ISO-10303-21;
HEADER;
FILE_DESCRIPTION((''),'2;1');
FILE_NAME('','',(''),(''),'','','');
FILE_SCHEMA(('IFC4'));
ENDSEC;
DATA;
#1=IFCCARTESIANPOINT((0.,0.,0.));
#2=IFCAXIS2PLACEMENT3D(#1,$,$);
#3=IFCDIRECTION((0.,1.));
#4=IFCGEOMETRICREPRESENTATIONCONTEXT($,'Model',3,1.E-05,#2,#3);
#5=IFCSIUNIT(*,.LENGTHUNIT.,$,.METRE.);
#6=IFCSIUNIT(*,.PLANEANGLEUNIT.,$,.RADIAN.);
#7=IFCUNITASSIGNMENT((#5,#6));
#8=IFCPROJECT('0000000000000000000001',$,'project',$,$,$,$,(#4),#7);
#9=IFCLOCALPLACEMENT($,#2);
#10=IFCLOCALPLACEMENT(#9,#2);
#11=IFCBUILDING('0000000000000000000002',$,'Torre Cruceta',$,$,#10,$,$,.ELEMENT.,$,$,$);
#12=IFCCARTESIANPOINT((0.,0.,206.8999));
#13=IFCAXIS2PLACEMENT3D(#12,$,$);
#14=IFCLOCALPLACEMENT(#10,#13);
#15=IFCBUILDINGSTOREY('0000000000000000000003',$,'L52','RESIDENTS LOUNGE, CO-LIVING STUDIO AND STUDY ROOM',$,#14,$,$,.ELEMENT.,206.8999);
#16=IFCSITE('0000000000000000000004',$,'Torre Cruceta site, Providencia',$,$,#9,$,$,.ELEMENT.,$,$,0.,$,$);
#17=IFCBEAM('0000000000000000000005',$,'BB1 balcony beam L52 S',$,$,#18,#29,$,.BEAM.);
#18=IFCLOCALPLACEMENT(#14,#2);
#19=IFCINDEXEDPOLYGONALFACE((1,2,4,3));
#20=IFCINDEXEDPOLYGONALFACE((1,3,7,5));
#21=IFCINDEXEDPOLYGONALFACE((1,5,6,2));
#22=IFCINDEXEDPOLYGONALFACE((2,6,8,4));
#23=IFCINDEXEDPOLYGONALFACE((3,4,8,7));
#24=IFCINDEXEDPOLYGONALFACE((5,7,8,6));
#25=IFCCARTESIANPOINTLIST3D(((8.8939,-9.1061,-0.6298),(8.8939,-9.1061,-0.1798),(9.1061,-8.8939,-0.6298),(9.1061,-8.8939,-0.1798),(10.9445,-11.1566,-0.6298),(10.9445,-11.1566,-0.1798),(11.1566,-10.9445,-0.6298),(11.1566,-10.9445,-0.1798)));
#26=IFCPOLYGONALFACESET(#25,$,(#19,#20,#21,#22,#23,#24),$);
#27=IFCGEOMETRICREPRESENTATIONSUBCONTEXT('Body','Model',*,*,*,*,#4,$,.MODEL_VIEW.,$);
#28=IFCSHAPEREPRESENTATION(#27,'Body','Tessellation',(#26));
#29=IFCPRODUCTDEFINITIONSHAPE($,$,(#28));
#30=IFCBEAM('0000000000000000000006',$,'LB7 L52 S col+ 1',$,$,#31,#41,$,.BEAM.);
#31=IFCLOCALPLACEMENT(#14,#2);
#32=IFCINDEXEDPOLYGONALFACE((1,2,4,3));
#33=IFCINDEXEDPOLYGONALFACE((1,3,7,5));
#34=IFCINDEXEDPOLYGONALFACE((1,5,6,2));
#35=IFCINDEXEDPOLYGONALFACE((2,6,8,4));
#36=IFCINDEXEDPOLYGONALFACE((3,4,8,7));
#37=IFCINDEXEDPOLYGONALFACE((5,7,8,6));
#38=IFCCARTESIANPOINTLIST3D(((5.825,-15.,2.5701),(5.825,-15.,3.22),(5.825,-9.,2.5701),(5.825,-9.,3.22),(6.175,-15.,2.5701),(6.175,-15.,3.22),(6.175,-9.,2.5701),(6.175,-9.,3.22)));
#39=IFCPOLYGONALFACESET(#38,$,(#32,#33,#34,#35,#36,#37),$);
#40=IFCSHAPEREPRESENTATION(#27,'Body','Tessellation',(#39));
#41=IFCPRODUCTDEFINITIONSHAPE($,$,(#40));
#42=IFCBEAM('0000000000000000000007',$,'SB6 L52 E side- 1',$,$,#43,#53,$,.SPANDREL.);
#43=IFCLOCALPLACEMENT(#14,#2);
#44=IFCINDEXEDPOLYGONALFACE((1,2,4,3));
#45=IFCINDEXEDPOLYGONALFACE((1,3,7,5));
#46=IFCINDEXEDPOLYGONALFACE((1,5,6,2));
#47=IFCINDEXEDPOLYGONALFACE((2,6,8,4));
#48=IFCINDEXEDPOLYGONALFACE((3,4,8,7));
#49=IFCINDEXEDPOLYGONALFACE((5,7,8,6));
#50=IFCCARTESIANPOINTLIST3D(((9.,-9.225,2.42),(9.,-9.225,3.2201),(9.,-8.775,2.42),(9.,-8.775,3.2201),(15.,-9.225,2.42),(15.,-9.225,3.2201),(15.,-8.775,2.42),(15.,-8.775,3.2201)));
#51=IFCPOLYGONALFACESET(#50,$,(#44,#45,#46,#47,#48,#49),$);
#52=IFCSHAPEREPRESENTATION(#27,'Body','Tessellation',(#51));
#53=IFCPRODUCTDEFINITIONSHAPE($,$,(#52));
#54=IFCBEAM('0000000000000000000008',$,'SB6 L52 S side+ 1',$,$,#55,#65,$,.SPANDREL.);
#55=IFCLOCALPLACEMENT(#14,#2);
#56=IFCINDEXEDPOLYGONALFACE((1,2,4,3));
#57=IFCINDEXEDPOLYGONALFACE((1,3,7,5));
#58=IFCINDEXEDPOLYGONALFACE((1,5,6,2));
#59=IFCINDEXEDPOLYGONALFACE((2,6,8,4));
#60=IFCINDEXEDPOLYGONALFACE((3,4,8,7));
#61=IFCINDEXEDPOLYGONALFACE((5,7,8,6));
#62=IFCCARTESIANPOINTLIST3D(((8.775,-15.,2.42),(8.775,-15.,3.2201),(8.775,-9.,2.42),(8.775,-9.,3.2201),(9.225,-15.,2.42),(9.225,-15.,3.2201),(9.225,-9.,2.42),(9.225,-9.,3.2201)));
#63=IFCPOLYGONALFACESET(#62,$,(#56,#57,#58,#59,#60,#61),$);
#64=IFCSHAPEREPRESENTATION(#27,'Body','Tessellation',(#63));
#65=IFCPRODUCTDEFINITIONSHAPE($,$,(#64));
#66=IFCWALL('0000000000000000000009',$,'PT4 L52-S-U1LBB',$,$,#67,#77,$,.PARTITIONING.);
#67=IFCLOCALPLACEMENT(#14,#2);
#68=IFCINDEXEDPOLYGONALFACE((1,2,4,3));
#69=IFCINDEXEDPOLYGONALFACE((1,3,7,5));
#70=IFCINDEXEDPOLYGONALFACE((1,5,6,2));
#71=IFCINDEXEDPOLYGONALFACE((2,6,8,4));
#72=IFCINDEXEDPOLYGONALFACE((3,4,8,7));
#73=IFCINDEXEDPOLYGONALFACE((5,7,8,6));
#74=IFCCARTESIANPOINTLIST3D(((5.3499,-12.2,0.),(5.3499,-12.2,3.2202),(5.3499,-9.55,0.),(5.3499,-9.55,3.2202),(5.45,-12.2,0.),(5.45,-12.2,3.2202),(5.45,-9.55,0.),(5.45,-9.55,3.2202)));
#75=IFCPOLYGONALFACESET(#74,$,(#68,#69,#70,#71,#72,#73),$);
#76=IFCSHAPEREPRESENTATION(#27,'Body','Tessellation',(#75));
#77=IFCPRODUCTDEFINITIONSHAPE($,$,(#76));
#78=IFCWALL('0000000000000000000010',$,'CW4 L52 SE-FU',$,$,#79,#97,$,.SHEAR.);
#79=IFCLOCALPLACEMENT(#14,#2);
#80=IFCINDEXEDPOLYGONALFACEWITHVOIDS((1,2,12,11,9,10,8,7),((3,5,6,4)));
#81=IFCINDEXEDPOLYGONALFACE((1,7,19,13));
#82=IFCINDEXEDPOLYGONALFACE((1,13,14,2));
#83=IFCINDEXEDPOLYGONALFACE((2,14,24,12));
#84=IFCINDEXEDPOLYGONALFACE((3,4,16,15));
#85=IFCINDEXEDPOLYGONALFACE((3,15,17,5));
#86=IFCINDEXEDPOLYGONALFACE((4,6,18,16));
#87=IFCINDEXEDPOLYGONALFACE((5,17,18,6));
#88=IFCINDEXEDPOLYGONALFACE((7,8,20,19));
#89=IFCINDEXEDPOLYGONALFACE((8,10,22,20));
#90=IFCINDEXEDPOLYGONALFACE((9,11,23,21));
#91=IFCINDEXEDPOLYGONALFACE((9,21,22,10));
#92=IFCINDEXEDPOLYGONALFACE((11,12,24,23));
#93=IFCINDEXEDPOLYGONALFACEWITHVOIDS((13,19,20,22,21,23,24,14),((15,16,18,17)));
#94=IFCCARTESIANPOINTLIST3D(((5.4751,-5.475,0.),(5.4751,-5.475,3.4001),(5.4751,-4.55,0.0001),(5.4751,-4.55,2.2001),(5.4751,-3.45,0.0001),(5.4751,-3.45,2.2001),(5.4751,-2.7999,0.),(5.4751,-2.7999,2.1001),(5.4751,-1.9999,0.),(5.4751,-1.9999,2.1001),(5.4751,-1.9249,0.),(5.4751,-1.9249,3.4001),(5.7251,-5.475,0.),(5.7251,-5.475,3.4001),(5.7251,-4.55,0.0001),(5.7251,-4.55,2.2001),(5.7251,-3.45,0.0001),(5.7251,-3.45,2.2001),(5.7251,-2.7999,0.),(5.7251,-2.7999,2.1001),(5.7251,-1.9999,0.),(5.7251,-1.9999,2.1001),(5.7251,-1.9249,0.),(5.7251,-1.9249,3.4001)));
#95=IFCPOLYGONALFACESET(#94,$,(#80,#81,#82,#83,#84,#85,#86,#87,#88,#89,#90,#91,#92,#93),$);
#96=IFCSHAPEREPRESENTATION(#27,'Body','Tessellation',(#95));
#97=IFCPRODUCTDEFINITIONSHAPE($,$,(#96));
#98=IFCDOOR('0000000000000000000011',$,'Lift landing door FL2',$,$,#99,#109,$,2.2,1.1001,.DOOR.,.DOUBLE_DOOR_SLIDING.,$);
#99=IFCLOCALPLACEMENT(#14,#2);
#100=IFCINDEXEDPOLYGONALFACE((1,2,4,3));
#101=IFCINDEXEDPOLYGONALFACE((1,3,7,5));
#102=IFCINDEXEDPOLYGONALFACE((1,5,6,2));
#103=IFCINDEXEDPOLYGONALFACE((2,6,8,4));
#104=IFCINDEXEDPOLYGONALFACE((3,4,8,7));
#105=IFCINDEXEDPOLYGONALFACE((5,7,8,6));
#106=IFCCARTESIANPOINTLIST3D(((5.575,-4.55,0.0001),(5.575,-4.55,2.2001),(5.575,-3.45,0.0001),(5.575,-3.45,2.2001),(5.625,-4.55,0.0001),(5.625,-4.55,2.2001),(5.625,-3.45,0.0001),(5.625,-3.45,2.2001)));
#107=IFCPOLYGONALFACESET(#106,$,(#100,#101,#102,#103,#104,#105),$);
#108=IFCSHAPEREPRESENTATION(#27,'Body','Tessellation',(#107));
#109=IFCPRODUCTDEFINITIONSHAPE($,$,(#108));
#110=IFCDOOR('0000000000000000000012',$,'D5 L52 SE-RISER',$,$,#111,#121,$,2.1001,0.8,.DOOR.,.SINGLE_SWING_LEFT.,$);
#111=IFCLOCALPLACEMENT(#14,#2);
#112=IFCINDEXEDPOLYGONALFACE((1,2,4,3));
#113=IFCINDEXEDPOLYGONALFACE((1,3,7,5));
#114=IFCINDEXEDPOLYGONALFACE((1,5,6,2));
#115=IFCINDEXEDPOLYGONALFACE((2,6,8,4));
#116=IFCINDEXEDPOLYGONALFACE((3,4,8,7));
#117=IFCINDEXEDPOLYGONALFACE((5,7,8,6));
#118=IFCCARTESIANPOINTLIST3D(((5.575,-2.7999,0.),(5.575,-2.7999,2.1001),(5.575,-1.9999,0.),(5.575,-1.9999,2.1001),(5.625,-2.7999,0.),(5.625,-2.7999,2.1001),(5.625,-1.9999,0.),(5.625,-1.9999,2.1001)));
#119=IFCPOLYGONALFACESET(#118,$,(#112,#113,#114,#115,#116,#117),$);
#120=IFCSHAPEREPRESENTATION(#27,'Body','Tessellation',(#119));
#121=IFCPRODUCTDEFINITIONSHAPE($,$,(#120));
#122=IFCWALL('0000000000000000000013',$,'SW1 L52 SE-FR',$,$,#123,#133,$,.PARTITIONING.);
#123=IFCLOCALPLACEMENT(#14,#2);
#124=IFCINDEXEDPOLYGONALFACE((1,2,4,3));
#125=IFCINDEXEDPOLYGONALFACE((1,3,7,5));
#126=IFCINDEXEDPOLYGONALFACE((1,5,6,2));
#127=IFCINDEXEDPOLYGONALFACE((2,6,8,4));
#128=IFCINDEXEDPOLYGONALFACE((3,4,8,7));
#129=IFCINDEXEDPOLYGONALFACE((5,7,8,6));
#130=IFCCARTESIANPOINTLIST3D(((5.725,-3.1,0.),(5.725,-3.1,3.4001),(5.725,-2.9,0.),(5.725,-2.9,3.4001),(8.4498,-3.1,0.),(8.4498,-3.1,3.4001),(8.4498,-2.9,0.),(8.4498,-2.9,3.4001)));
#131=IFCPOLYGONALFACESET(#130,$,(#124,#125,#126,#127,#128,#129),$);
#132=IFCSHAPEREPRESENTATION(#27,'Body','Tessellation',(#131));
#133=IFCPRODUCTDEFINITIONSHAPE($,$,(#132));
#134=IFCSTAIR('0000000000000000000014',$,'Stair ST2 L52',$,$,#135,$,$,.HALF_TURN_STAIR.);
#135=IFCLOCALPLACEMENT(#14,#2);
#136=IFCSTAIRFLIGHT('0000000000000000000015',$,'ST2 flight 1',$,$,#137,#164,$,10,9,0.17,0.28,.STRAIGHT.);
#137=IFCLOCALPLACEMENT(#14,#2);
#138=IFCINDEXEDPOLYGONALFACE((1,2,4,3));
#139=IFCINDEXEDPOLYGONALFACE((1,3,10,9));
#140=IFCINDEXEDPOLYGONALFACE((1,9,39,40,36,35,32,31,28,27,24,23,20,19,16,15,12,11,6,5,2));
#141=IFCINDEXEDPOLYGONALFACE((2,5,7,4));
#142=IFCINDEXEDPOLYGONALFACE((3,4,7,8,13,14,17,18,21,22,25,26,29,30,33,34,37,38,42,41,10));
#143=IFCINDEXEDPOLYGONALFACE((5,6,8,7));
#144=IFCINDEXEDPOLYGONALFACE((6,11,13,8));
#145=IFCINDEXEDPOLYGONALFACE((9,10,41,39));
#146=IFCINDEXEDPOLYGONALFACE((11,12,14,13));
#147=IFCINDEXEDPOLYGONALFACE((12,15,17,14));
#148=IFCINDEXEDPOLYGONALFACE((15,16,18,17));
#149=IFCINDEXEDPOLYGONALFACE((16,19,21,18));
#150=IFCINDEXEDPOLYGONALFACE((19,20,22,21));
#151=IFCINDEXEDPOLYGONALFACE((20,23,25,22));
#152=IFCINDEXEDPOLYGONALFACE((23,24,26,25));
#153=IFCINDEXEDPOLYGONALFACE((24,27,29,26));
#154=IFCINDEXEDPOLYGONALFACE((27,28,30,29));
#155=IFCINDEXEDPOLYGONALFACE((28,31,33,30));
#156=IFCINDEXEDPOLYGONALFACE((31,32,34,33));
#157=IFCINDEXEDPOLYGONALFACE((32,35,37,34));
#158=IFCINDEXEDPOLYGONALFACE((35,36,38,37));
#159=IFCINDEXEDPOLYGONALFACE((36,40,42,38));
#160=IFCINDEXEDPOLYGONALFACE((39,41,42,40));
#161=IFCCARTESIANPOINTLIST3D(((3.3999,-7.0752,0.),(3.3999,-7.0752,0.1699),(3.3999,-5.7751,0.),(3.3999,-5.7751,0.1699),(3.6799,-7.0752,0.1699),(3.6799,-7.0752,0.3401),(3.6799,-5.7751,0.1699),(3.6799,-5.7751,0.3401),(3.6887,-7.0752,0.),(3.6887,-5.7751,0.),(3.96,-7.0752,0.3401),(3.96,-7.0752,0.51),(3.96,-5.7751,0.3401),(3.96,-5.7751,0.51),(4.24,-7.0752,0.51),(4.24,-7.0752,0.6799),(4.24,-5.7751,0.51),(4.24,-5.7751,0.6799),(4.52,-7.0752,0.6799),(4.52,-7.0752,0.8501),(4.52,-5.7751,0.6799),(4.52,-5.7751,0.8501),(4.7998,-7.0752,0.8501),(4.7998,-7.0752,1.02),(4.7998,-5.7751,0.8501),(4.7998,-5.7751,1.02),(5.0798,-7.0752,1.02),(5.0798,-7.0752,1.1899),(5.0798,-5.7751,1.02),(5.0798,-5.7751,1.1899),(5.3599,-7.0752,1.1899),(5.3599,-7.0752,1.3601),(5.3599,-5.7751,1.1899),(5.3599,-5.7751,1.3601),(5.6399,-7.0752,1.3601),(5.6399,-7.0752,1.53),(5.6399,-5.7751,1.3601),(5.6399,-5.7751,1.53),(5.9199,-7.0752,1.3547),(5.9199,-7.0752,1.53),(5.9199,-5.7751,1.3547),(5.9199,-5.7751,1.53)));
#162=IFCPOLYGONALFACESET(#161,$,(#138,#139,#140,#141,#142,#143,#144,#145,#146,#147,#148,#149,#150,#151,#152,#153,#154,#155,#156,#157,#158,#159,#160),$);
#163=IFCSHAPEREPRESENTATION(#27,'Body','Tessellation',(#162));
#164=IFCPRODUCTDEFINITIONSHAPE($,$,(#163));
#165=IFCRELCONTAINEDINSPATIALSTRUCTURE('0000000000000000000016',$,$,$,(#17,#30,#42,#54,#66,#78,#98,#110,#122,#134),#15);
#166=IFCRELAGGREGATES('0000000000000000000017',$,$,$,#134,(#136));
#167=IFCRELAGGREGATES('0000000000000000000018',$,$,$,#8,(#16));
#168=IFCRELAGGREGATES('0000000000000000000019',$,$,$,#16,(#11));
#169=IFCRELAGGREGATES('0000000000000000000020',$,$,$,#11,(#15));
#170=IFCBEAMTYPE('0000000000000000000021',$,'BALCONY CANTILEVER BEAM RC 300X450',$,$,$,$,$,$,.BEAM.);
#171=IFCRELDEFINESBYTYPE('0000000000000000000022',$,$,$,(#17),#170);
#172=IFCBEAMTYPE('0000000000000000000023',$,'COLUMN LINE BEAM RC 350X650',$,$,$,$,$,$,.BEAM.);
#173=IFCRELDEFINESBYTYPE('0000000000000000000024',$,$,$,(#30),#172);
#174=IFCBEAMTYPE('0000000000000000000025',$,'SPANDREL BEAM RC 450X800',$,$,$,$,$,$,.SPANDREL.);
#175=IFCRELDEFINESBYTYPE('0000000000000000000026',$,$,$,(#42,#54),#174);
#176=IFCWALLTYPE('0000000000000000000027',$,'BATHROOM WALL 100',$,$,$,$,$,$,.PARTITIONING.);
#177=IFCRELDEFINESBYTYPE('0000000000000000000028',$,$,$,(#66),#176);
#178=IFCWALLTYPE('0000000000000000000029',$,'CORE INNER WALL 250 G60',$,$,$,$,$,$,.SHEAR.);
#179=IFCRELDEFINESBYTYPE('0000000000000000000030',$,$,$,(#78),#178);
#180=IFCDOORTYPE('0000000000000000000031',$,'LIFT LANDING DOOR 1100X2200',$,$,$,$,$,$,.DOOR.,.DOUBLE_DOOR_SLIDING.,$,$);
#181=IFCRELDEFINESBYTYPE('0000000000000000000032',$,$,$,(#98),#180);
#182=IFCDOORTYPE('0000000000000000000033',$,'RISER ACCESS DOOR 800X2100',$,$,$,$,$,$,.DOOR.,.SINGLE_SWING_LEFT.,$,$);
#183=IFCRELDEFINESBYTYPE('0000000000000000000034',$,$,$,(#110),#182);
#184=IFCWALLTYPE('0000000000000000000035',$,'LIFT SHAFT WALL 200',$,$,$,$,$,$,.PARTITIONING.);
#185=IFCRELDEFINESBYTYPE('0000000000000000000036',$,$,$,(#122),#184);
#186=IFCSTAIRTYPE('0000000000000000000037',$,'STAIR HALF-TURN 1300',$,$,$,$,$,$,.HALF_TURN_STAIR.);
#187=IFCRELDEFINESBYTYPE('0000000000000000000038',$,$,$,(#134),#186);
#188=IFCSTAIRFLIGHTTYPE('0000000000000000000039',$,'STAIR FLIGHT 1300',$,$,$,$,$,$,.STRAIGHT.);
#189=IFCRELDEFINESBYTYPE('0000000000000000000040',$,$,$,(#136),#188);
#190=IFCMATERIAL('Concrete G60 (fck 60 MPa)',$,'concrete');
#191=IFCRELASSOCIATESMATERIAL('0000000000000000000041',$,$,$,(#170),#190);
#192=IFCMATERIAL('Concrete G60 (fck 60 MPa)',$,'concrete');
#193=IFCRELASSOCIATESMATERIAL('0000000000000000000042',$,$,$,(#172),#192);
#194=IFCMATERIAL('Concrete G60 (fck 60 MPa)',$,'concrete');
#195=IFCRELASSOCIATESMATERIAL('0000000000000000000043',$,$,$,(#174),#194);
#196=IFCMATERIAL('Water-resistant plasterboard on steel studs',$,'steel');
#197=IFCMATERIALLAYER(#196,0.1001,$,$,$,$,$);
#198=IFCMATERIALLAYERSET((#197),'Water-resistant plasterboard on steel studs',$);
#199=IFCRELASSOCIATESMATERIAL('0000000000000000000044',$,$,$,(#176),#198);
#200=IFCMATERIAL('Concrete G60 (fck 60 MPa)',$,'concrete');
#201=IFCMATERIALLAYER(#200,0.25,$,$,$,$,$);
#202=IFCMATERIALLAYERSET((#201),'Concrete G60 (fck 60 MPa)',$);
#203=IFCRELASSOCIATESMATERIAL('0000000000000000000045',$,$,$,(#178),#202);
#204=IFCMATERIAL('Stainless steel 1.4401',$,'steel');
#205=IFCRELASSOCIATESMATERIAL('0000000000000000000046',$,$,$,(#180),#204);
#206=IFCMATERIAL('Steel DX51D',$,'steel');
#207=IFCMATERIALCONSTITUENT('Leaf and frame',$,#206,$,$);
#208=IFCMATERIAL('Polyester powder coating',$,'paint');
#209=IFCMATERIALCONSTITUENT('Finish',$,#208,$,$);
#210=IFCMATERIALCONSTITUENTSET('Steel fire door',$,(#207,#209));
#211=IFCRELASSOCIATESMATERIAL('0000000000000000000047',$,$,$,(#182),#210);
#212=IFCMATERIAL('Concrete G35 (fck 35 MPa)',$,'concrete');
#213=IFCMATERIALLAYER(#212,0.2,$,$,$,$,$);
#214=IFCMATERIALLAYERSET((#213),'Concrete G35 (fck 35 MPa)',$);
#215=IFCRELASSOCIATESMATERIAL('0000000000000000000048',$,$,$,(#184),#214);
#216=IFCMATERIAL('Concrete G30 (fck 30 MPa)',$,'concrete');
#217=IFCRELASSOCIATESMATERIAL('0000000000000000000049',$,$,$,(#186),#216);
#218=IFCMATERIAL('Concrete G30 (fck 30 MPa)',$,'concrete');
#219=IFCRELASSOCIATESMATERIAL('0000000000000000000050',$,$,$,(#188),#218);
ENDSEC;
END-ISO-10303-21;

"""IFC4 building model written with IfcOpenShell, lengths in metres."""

from ifc_helpers import new_model, si_unit, direction, frame, frame_2d, origin, origin_2d, place, context, subcontext, project, spatial, polyline, rectangle, outline, extrude, material, layer, layer_set, constituent, constituent_set, material_profile, profile_set, type_object, element, fill, aggregate, save


model = new_model("IFC4")

# Units and contexts
model_context = context("Model", 3, precision=1e-05, world=origin(), true_north=direction((0.0, 1.0)))
body_context = subcontext(model_context, "Body", "Model", "MODEL_VIEW")
ifc_project = project(units=[si_unit("LENGTHUNIT", "METRE"), si_unit("PLANEANGLEUNIT", "RADIAN")], contexts=[model_context])

# Site, building, storey
site_placement = place(None, origin())
site = spatial("IfcSite", under=ifc_project, at=site_placement, Name="Torre Cruceta site, Providencia", CompositionType="ELEMENT", RefElevation=0.0)
building_placement = place(site_placement, origin())
building = spatial("IfcBuilding", under=site, at=building_placement, Name="Torre Cruceta", CompositionType="ELEMENT")
storey_placement = place(building_placement, frame((0.0, 0.0, 206.8999)))
storey = spatial("IfcBuildingStorey", under=building, at=storey_placement, Name="L52", Description="RESIDENTS LOUNGE, CO-LIVING STUDIO AND STUDY ROOM", CompositionType="ELEMENT", Elevation=206.8999)

# Beams
ifc_material_1 = material(Name="Concrete G60 (fck 60 MPa)", Category="concrete")
ifc_material_profile_1 = material_profile(ifc_material_1, rectangle(XDim=0.3, YDim=0.45, at=origin_2d()), Name="RC 300X450")
ifc_profile_set_1 = profile_set([ifc_material_profile_1], Name="Concrete G60 (fck 60 MPa)")
beam_type_1 = type_object("IfcBeamType", Name="BALCONY CANTILEVER BEAM RC 300X450", PredefinedType="BEAM", material=ifc_profile_set_1)
beam_1_placement = place(storey_placement, frame((9.0, -9.0, -0.4048), z_axis=(0.707107, -0.707107, 0.0), x_axis=(0.707107, 0.707107, 0.0)))
element("IfcBeam", 1, at=beam_1_placement, inside=storey, type_object=beam_type_1, Name="BB1 balcony beam L52 S", PredefinedType="BEAM", context=body_context, shape_type="SweptSolid", body=[
    extrude(rectangle(XDim=0.3, YDim=0.45, at=origin_2d()), origin(), (0.0, 0.0, 1.0), 2.8999),
])
ifc_material_2 = material(Name="Concrete G60 (fck 60 MPa)", Category="concrete")
ifc_material_profile_2 = material_profile(ifc_material_2, rectangle(XDim=0.3501, YDim=0.6499, at=origin_2d()), Name="RC 350X650")
ifc_profile_set_2 = profile_set([ifc_material_profile_2], Name="Concrete G60 (fck 60 MPa)")
beam_type_2 = type_object("IfcBeamType", Name="COLUMN LINE BEAM RC 350X650", PredefinedType="BEAM", material=ifc_profile_set_2)
beam_2_placement = place(storey_placement, frame((6.0, -9.0, 2.895), z_axis=(0.0, -1.0, 0.0), x_axis=(1.0, 0.0, 0.0)))
element("IfcBeam", 2, at=beam_2_placement, inside=storey, type_object=beam_type_2, Name="LB7 L52 S col+ 1", PredefinedType="BEAM", context=body_context, shape_type="SweptSolid", body=[
    extrude(rectangle(XDim=0.3501, YDim=0.6499, at=origin_2d()), origin(), (0.0, 0.0, 1.0), 6.0),
])
ifc_material_3 = material(Name="Concrete G60 (fck 60 MPa)", Category="concrete")
ifc_material_profile_3 = material_profile(ifc_material_3, rectangle(XDim=0.45, YDim=0.8, at=origin_2d()), Name="RC 450X800")
ifc_profile_set_3 = profile_set([ifc_material_profile_3], Name="Concrete G60 (fck 60 MPa)")
beam_type_3 = type_object("IfcBeamType", Name="SPANDREL BEAM RC 450X800", PredefinedType="SPANDREL", material=ifc_profile_set_3)
for number, where, z_axis, x_axis, name in (
    (3, (9.0, -9.0, 2.8201), (1.0, 0.0, 0.0), (0.0, 1.0, 0.0), "SB6 L52 E side- 1"),
    (4, (9.0, -9.0, 2.8201), (0.0, -1.0, 0.0), (1.0, 0.0, 0.0), "SB6 L52 S side+ 1"),
):
    element("IfcBeam", number, at=place(storey_placement, frame(where, z_axis=z_axis, x_axis=x_axis)), inside=storey, type_object=beam_type_3, Name=name, PredefinedType="SPANDREL", context=body_context, shape_type="SweptSolid", body=[
        extrude(rectangle(XDim=0.45, YDim=0.8, at=origin_2d()), origin(), (0.0, 0.0, 1.0), 6.0),
    ])

# Wall
ifc_material_4 = material(Name="Water-resistant plasterboard on steel studs", Category="steel")
ifc_layer_1 = layer(ifc_material_4, 0.1001)
ifc_layer_set_1 = layer_set([ifc_layer_1], Name="Water-resistant plasterboard on steel studs")
wall_type_1 = type_object("IfcWallType", Name="BATHROOM WALL 100", PredefinedType="PARTITIONING", material=ifc_layer_set_1)
wall_1_placement = place(storey_placement, frame((5.3999, -9.55, 0.0), z_axis=(0.0, 0.0, 1.0), x_axis=(0.0, -1.0, 0.0)))
element("IfcWall", 5, at=wall_1_placement, inside=storey, type_object=wall_type_1, Name="PT4 L52-S-U1LBB", PredefinedType="PARTITIONING", context=body_context, shape_type="SweptSolid", body=[
    extrude(rectangle(XDim=2.6499, YDim=0.1001, at=frame_2d((1.325, 0.0))), origin(), (0.0, 0.0, 1.0), 3.2202),
])

# Wall, openings, doors
ifc_material_5 = material(Name="Concrete G60 (fck 60 MPa)", Category="concrete")
ifc_layer_2 = layer(ifc_material_5, 0.25)
ifc_layer_set_2 = layer_set([ifc_layer_2], Name="Concrete G60 (fck 60 MPa)")
wall_type_2 = type_object("IfcWallType", Name="CORE INNER WALL 250 G60", PredefinedType="SHEAR", material=ifc_layer_set_2)
wall_2_placement = place(storey_placement, frame((5.6001, -1.925, 0.0), z_axis=(0.0, 0.0, 1.0), x_axis=(0.0, -1.0, 0.0)))
wall_2 = element("IfcWall", 6, at=wall_2_placement, inside=storey, type_object=wall_type_2, Name="CW4 L52 SE-FU", PredefinedType="SHEAR", context=body_context, shape_type="SweptSolid", body=[
    extrude(rectangle(XDim=3.55, YDim=0.25, at=frame_2d((1.7749, 0.0))), origin(), (0.0, 0.0, 1.0), 3.4001),
])
opening_1_placement = place(wall_2_placement, frame((1.5249, 0.0, 0.0)))
opening_1 = element("IfcOpeningElement", 7, at=opening_1_placement, cuts=wall_2, PredefinedType="OPENING", context=body_context, shape_type="SweptSolid", body=[
    extrude(rectangle(XDim=1.1001, YDim=2.2, at=frame_2d((0.55, 1.1001))), frame((0.0, 0.135, 0.0), z_axis=(0.0, -1.0, 0.0), x_axis=(1.0, 0.0, 0.0)), (0.0, 0.0, 1.0), 0.27),
])
opening_2_placement = place(wall_2_placement, frame((0.075, 0.0, 0.0)))
opening_2 = element("IfcOpeningElement", 8, at=opening_2_placement, cuts=wall_2, PredefinedType="OPENING", context=body_context, shape_type="SweptSolid", body=[
    extrude(rectangle(XDim=0.8, YDim=2.1001, at=frame_2d((0.3999, 1.05))), frame((0.0, 0.135, 0.0), z_axis=(0.0, -1.0, 0.0), x_axis=(1.0, 0.0, 0.0)), (0.0, 0.0, 1.0), 0.27),
])
ifc_material_6 = material(Name="Stainless steel 1.4401", Category="steel")
door_type_1 = type_object("IfcDoorType", Name="LIFT LANDING DOOR 1100X2200", OperationType="DOUBLE_DOOR_SLIDING", PredefinedType="DOOR", material=ifc_material_6)
door_1_placement = place(opening_1_placement, origin())
door_1 = element("IfcDoor", 9, at=door_1_placement, inside=storey, type_object=door_type_1, Name="Lift landing door FL2", OperationType="DOUBLE_DOOR_SLIDING", OverallHeight=2.2, OverallWidth=1.1001, PredefinedType="DOOR", context=body_context, shape_type="SweptSolid", body=[
    extrude(rectangle(XDim=1.1001, YDim=2.2, at=frame_2d((0.55, 1.1001))), frame((0.0, 0.0249, 0.0), z_axis=(0.0, -1.0, 0.0), x_axis=(1.0, 0.0, 0.0)), (0.0, 0.0, 1.0), 0.05),
])
fill(opening_1, door_1)
ifc_material_7 = material(Name="Steel DX51D", Category="steel")
ifc_constituent_1 = constituent(ifc_material_7, Name="Leaf and frame")
ifc_material_8 = material(Name="Polyester powder coating", Category="paint")
ifc_constituent_2 = constituent(ifc_material_8, Name="Finish")
ifc_constituent_set_1 = constituent_set(constituents=[ifc_constituent_1, ifc_constituent_2], Name="Steel fire door")
door_type_2 = type_object("IfcDoorType", Name="RISER ACCESS DOOR 800X2100", OperationType="SINGLE_SWING_LEFT", PredefinedType="DOOR", material=ifc_constituent_set_1)
door_2_placement = place(opening_2_placement, origin())
door_2 = element("IfcDoor", 10, at=door_2_placement, inside=storey, type_object=door_type_2, Name="D5 L52 SE-RISER", OperationType="SINGLE_SWING_LEFT", OverallHeight=2.1001, OverallWidth=0.8, PredefinedType="DOOR", context=body_context, shape_type="SweptSolid", body=[
    extrude(rectangle(XDim=0.8, YDim=2.1001, at=frame_2d((0.3999, 1.05))), frame((0.0, 0.0249, 0.0), z_axis=(0.0, -1.0, 0.0), x_axis=(1.0, 0.0, 0.0)), (0.0, 0.0, 1.0), 0.05),
])
fill(opening_2, door_2)

# Wall
ifc_material_9 = material(Name="Concrete G35 (fck 35 MPa)", Category="concrete")
ifc_layer_3 = layer(ifc_material_9, 0.2)
ifc_layer_set_3 = layer_set([ifc_layer_3], Name="Concrete G35 (fck 35 MPa)")
wall_type_3 = type_object("IfcWallType", Name="LIFT SHAFT WALL 200", PredefinedType="PARTITIONING", material=ifc_layer_set_3)
wall_3_placement = place(storey_placement, frame((5.7251, -3.0, 0.0), z_axis=(0.0, 0.0, 1.0), x_axis=(1.0, 0.0, 0.0)))
element("IfcWall", 11, at=wall_3_placement, inside=storey, type_object=wall_type_3, Name="SW1 L52 SE-FR", PredefinedType="PARTITIONING", context=body_context, shape_type="SweptSolid", body=[
    extrude(rectangle(XDim=2.7249, YDim=0.2, at=frame_2d((1.3623, 0.0))), origin(), (0.0, 0.0, 1.0), 3.4001),
])

# Stair, stair flight
ifc_material_10 = material(Name="Concrete G30 (fck 30 MPa)", Category="concrete")
stair_type = type_object("IfcStairType", Name="STAIR HALF-TURN 1300", PredefinedType="HALF_TURN_STAIR", material=ifc_material_10)
stair_placement = place(storey_placement, origin())
stair = element("IfcStair", 12, at=stair_placement, inside=storey, type_object=stair_type, Name="Stair ST2 L52", PredefinedType="HALF_TURN_STAIR")
ifc_material_11 = material(Name="Concrete G30 (fck 30 MPa)", Category="concrete")
stair_flight_type = type_object("IfcStairFlightType", Name="STAIR FLIGHT 1300", PredefinedType="STRAIGHT", material=ifc_material_11)
stair_flight_1_placement = place(storey_placement, frame((3.3999, -6.425, 0.0), z_axis=(0.0, 0.0, 1.0), x_axis=(1.0, 0.0, 0.0)))
stair_flight_1 = element("IfcStairFlight", 13, at=stair_flight_1_placement, type_object=stair_flight_type, Name="ST2 flight 1", NumberOfRisers=10, NumberOfTreads=9, PredefinedType="STRAIGHT", RiserHeight=0.17, TreadLength=0.28, context=body_context, shape_type="SweptSolid", body=[
    extrude(outline(polyline([(0.0, 0.0), (0.0, 0.1699), (0.28, 0.1699), (0.28, 0.3401), (0.5601, 0.3401), (0.5601, 0.51), (0.8401, 0.51), (0.8401, 0.6799), (1.1201, 0.6799), (1.1201, 0.8501), (1.3999, 0.8501), (1.3999, 1.02), (1.6799, 1.02), (1.6799, 1.1899), (1.96, 1.1899), (1.96, 1.3601), (2.24, 1.3601), (2.24, 1.53), (2.52, 1.53), (2.52, 1.7), (2.52, 1.3547), (0.2888, 0.0), (0.0, 0.0)])), frame((0.0, 0.6499, 0.0), z_axis=(0.0, -1.0, 0.0), x_axis=(1.0, 0.0, 0.0)), (0.0, 0.0, 1.0), 1.3),
])
aggregate(stair, [stair_flight_1])

save(model, "model.ifc")
